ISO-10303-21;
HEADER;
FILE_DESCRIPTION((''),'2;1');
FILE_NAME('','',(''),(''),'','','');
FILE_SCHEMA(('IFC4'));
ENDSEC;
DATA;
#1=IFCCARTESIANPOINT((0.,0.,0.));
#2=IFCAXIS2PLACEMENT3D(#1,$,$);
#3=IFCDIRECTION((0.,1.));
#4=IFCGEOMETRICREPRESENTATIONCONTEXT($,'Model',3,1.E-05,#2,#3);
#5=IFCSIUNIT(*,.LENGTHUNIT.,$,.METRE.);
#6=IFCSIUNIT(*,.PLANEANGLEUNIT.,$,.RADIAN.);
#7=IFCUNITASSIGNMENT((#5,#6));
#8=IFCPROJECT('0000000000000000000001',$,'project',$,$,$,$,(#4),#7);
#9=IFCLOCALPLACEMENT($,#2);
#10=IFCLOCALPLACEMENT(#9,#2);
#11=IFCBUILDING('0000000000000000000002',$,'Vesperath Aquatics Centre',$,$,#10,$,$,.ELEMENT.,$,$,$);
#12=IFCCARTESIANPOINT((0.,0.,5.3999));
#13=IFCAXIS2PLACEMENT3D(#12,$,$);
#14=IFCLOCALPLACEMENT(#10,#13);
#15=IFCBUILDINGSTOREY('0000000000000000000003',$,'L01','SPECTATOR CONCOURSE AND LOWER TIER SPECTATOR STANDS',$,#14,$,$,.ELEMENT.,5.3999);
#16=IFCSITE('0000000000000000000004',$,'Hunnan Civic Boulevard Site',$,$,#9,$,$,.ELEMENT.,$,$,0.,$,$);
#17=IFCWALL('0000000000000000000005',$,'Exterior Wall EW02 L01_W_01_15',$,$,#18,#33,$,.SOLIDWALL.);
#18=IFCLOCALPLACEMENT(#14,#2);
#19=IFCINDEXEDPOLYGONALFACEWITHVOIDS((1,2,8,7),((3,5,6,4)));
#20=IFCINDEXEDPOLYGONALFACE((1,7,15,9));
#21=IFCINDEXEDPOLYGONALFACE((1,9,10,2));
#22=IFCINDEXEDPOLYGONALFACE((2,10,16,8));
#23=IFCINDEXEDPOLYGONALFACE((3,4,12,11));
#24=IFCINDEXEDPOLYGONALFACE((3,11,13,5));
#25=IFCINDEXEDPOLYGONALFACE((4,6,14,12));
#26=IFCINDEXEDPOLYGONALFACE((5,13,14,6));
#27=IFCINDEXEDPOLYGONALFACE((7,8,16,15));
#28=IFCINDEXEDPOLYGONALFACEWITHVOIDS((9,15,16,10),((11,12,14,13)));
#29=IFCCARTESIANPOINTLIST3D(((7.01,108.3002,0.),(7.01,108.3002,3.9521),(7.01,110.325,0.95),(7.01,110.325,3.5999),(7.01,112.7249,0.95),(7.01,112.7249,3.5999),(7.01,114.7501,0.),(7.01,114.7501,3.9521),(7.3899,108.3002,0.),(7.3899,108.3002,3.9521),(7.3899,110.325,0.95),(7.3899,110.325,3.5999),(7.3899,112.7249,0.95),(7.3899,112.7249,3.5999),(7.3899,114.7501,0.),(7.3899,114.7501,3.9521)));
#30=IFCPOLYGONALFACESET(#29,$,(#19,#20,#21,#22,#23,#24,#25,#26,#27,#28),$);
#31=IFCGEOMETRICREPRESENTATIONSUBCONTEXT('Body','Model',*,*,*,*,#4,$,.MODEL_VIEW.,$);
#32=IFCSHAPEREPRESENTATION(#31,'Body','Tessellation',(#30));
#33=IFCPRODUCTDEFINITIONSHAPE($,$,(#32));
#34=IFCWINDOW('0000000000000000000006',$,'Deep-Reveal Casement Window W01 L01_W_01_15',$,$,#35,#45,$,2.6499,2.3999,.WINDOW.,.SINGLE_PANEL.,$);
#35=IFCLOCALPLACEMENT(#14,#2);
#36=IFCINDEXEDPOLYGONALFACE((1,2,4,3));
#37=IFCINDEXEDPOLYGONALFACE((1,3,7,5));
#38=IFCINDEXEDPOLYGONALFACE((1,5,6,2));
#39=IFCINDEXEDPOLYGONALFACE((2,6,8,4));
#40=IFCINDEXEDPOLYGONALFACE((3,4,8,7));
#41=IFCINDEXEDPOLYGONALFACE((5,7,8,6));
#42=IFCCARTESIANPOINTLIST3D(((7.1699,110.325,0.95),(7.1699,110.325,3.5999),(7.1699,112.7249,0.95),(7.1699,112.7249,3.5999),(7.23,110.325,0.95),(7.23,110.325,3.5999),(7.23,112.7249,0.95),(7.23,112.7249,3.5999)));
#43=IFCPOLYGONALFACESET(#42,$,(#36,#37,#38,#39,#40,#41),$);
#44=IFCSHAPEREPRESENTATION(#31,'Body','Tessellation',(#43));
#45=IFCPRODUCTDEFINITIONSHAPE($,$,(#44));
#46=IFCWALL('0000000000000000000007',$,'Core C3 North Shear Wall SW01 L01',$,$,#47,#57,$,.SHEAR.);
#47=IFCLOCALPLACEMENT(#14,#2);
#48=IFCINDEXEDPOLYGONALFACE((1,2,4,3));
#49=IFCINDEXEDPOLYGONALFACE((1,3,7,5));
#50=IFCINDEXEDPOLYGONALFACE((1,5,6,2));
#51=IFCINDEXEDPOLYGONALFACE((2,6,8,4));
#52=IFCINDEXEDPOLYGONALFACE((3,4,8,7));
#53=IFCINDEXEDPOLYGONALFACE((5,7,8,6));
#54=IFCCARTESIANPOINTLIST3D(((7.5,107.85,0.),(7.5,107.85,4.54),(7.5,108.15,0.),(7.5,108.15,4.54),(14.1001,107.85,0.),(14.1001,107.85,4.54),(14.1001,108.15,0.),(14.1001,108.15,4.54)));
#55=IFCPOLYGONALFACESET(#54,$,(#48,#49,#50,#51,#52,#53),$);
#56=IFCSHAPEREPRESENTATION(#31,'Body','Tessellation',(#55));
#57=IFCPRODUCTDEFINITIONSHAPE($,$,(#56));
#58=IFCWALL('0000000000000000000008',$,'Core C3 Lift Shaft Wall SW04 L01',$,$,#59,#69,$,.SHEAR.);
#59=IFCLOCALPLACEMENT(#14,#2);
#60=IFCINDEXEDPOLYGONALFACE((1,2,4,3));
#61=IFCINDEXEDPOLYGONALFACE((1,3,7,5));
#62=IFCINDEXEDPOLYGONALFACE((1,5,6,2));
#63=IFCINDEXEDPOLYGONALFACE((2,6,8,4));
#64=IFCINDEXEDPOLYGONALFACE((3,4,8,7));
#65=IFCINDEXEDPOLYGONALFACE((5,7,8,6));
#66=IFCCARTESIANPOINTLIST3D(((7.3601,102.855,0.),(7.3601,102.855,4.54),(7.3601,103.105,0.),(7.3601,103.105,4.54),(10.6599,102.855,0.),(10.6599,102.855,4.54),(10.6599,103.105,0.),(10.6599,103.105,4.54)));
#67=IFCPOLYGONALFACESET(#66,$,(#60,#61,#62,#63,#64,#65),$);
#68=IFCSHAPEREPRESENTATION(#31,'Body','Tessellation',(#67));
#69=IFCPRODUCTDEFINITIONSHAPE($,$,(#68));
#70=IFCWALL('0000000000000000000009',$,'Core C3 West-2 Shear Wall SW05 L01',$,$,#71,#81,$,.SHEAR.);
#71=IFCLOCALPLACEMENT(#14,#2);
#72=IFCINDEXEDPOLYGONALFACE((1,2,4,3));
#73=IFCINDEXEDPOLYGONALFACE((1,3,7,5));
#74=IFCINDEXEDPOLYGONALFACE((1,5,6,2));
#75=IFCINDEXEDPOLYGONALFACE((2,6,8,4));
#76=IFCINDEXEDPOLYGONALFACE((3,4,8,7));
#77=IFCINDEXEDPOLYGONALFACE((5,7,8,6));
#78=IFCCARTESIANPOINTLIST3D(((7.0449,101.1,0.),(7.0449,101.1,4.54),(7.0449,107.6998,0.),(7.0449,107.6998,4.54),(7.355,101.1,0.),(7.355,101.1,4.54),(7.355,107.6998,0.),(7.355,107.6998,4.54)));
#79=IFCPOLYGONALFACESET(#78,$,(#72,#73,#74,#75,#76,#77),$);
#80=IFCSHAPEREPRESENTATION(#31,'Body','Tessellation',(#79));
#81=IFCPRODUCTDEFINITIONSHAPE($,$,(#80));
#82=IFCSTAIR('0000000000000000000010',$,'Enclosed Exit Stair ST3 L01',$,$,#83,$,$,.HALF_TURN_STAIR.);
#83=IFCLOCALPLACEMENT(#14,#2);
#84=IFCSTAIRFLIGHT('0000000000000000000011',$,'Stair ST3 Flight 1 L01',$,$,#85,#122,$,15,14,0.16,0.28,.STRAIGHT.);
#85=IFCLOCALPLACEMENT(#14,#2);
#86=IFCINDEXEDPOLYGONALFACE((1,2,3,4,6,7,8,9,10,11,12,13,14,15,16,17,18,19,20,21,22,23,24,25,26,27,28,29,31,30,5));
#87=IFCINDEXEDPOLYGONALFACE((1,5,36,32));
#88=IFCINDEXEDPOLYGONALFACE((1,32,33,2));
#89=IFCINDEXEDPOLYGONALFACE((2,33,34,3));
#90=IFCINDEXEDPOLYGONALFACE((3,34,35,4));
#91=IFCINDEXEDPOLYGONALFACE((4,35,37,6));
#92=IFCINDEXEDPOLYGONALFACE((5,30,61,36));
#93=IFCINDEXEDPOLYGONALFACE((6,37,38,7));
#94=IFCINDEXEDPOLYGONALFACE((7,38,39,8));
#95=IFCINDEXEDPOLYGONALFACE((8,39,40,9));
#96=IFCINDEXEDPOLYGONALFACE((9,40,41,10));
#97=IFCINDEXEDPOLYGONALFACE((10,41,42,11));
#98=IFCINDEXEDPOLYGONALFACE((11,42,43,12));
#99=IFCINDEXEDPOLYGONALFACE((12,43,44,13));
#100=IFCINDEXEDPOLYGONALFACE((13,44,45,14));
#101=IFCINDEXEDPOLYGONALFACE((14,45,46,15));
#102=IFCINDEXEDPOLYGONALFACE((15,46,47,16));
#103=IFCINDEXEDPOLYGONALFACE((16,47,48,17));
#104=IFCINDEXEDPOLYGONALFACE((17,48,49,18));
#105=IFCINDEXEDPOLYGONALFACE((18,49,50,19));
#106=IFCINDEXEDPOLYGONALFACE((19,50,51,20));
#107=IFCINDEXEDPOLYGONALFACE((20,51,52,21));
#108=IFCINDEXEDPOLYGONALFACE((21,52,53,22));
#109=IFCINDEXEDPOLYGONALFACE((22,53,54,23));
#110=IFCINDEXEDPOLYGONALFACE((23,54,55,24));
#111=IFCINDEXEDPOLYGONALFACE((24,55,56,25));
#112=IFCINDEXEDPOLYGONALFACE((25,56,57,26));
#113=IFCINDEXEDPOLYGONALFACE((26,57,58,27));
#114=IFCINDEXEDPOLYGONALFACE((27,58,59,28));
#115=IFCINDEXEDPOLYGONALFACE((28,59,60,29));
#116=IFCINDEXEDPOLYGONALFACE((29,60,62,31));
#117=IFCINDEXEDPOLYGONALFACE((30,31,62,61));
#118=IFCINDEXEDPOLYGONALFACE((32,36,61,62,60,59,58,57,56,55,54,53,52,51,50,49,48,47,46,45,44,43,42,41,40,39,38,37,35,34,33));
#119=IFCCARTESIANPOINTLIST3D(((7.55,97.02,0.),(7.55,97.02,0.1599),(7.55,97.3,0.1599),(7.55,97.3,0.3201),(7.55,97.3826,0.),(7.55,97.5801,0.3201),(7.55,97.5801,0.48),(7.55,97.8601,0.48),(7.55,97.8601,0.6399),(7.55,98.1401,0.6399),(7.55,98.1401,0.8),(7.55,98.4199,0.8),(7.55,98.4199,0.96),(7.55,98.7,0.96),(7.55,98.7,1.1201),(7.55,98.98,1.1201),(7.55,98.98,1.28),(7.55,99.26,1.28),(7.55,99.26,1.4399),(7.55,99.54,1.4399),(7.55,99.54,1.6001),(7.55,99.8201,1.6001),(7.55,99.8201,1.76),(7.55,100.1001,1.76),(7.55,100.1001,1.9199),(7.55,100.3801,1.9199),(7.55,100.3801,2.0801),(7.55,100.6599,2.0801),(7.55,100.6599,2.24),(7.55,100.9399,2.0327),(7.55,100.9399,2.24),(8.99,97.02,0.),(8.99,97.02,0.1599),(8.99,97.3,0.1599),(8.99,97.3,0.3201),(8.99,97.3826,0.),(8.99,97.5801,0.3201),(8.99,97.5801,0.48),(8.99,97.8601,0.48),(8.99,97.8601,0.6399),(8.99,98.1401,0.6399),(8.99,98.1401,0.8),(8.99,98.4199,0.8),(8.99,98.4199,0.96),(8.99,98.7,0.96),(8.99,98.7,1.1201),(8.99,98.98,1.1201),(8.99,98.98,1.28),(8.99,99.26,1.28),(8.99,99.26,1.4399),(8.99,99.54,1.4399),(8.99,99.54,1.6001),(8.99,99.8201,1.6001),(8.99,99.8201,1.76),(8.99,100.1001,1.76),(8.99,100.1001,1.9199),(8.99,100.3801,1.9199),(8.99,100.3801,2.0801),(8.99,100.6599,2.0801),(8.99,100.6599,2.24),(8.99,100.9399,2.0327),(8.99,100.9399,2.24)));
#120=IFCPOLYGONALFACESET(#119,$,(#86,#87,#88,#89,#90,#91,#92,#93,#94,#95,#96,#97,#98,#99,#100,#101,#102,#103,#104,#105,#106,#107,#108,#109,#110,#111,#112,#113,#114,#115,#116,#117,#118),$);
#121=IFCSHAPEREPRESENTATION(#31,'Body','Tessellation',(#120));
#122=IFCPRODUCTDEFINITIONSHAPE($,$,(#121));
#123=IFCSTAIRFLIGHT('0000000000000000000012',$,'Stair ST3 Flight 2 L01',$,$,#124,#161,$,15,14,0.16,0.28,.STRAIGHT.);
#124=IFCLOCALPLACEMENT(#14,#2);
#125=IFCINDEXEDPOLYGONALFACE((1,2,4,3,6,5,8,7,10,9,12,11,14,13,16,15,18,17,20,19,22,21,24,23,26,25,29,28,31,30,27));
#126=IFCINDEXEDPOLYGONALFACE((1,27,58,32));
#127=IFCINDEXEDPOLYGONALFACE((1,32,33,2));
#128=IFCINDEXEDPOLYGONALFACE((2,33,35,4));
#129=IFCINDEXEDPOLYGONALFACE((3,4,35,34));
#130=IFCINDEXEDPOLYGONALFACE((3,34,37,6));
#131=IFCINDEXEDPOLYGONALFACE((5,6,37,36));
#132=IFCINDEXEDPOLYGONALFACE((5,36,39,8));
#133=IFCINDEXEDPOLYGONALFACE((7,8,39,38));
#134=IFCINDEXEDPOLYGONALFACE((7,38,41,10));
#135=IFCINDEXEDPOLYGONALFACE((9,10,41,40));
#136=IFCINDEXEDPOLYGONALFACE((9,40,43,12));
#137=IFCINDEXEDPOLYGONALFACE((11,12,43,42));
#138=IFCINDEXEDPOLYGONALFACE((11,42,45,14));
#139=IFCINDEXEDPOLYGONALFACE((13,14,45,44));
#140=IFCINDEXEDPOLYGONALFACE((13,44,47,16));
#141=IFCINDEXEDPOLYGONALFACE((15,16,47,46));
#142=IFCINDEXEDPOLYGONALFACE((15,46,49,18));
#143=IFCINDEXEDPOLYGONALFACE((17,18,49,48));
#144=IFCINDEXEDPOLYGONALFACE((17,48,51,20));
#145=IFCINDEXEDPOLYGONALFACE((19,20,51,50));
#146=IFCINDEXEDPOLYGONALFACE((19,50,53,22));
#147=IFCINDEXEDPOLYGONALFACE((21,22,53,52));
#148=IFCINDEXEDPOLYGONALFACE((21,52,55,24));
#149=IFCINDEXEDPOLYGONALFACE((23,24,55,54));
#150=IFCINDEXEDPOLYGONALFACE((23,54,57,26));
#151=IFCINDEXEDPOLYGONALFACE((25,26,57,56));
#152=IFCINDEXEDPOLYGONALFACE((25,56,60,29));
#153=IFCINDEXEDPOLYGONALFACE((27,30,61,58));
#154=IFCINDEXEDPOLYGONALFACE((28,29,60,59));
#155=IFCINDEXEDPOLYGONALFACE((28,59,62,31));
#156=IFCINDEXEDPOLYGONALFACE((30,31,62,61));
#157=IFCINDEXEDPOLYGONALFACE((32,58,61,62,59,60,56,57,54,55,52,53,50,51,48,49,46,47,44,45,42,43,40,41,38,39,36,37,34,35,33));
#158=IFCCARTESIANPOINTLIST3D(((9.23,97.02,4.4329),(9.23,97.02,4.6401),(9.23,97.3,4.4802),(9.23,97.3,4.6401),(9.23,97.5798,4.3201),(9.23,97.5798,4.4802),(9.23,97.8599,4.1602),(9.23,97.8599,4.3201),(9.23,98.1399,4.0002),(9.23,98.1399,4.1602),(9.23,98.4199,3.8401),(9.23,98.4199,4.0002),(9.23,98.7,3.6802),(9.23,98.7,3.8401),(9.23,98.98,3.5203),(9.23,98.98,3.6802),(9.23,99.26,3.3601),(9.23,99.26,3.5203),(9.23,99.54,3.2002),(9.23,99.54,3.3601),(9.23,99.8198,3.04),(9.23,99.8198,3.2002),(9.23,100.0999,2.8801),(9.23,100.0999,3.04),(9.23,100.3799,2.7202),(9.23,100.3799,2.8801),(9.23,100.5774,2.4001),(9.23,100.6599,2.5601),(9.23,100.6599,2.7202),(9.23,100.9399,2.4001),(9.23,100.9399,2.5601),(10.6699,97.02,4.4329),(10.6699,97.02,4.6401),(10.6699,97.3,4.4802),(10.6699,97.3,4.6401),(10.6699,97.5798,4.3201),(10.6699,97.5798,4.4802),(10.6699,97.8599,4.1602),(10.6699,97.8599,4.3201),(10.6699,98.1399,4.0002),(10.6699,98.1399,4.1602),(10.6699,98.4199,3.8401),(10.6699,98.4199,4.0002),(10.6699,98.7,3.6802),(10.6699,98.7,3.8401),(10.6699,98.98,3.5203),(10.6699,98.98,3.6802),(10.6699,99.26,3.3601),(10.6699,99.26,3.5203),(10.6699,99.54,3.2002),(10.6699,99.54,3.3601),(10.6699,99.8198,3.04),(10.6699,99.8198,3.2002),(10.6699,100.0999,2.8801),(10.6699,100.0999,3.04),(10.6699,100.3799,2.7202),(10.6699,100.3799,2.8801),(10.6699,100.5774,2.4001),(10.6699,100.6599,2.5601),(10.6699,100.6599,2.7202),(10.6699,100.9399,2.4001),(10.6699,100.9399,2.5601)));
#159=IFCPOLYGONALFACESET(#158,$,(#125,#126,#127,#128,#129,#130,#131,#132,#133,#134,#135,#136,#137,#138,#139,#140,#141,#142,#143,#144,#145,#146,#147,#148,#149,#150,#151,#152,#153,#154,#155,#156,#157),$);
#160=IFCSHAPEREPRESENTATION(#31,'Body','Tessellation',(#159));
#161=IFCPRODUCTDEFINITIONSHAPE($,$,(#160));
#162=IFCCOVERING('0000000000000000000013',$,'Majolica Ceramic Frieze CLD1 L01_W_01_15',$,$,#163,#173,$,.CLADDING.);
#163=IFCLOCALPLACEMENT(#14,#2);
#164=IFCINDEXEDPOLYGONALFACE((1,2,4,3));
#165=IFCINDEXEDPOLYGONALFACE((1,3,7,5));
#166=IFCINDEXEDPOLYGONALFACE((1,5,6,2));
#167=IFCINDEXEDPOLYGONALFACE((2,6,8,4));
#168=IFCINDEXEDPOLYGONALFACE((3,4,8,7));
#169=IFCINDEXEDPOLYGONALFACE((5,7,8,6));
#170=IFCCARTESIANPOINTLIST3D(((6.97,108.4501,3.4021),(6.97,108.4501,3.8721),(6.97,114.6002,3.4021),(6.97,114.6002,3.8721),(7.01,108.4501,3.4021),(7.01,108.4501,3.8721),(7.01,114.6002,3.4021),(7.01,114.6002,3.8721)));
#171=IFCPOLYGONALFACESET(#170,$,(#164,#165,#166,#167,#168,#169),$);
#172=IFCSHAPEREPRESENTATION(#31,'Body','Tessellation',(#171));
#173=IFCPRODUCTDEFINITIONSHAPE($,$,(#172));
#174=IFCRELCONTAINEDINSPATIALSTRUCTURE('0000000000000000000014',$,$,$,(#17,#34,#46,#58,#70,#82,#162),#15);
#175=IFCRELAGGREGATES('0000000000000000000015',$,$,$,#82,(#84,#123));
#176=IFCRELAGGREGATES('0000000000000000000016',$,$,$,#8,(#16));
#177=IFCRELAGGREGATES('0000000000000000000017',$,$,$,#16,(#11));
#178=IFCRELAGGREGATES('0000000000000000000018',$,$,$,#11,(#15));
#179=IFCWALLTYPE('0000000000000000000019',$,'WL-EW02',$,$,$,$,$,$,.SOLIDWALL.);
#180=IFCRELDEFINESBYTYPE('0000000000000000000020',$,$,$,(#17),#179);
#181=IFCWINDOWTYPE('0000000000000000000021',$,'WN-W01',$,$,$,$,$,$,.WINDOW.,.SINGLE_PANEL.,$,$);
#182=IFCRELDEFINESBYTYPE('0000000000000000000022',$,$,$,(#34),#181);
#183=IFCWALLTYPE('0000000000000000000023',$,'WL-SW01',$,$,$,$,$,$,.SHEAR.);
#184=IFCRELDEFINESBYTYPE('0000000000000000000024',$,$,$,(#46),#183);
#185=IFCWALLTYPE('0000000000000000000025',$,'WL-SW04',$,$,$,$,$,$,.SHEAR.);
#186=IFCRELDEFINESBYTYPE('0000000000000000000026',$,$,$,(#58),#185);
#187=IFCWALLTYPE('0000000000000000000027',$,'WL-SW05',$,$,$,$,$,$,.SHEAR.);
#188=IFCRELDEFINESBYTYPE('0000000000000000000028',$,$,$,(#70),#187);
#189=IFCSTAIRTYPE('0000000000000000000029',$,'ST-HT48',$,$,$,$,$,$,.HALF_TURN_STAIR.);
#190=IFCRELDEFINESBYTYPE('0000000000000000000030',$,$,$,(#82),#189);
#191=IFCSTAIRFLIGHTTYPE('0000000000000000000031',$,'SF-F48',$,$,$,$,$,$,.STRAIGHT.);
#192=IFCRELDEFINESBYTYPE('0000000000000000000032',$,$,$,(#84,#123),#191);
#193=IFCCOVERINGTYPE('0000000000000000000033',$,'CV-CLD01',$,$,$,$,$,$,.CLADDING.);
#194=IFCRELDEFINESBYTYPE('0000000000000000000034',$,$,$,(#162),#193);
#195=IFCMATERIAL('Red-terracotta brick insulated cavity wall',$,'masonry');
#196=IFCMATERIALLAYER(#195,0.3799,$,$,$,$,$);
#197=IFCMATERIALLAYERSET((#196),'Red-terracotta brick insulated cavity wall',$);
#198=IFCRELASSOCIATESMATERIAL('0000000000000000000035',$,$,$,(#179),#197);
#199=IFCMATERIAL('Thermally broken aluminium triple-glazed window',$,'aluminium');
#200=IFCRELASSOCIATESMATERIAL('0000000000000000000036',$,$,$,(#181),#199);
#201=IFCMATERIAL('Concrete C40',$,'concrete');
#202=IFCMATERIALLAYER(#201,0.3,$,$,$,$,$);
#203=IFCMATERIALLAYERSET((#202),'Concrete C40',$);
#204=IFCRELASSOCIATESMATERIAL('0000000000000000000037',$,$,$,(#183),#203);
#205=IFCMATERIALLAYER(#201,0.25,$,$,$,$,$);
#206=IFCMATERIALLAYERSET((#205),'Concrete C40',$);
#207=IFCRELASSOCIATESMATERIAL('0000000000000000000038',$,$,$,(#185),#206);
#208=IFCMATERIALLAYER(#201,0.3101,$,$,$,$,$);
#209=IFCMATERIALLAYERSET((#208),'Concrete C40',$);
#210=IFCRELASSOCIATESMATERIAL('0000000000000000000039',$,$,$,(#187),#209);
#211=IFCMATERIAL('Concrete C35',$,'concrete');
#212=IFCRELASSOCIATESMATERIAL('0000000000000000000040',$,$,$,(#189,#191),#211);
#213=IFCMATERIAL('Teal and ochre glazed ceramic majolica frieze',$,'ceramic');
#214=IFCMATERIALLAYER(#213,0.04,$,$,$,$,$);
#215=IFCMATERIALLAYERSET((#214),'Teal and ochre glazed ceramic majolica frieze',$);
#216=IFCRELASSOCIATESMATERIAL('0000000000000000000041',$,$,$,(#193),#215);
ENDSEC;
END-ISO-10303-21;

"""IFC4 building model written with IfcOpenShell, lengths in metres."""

from ifc_helpers import new_model, si_unit, direction, frame, frame_2d, origin, place, context, subcontext, project, spatial, polyline, rectangle, outline, extrude, material, layer, layer_set, type_object, element, fill, aggregate, save


model = new_model("IFC4")

# Units and contexts
model_context = context("Model", 3, precision=1e-05, world=origin(), true_north=direction((0.0, 1.0)))
body_context = subcontext(model_context, "Body", "Model", "MODEL_VIEW")
ifc_project = project(units=[si_unit("LENGTHUNIT", "METRE"), si_unit("PLANEANGLEUNIT", "RADIAN")], contexts=[model_context])

# Site, building, storey
site_placement = place(None, origin())
site = spatial("IfcSite", under=ifc_project, at=site_placement, Name="Hunnan Civic Boulevard Site", CompositionType="ELEMENT", RefElevation=0.0)
building_placement = place(site_placement, origin())
building = spatial("IfcBuilding", under=site, at=building_placement, Name="Vesperath Aquatics Centre", CompositionType="ELEMENT")
storey_placement = place(building_placement, frame((0.0, 0.0, 5.3999)))
storey = spatial("IfcBuildingStorey", under=building, at=storey_placement, Name="L01", Description="SPECTATOR CONCOURSE AND LOWER TIER SPECTATOR STANDS", CompositionType="ELEMENT", Elevation=5.3999)

# Shared definitions
ifc_material_1 = material(Name="Concrete C40", Category="concrete")

# Shared definitions
ifc_material_2 = material(Name="Concrete C35", Category="concrete")

# Wall, opening, window
ifc_material_3 = material(Name="Red-terracotta brick insulated cavity wall", Category="masonry")
ifc_layer_1 = layer(ifc_material_3, 0.3799)
ifc_layer_set_1 = layer_set([ifc_layer_1], Name="Red-terracotta brick insulated cavity wall")
wall_type_1 = type_object("IfcWallType", Name="WL-EW02", PredefinedType="SOLIDWALL", material=ifc_layer_set_1)
wall_1_placement = place(storey_placement, frame((7.2, 108.3, 0.0), z_axis=(0.0, 0.0, 1.0), x_axis=(0.0, 1.0, 0.0)))
wall_1 = element("IfcWall", 1, at=wall_1_placement, inside=storey, type_object=wall_type_1, Name="Exterior Wall EW02 L01_W_01_15", PredefinedType="SOLIDWALL", context=body_context, shape_type="SweptSolid", body=[
    extrude(rectangle(XDim=6.45, YDim=0.3799, at=frame_2d((3.2251, 0.0))), origin(), (0.0, 0.0, 1.0), 3.9521),
])
opening_placement = place(wall_1_placement, frame((2.0249, 0.0, 0.95)))
opening = element("IfcOpeningElement", 2, at=opening_placement, cuts=wall_1, PredefinedType="OPENING", context=body_context, shape_type="SweptSolid", body=[
    extrude(rectangle(XDim=2.3999, YDim=2.6499, at=frame_2d((1.2, 1.325))), frame((0.0, 0.2048, 0.0), z_axis=(0.0, -1.0, 0.0), x_axis=(1.0, 0.0, 0.0)), (0.0, 0.0, 1.0), 0.4097),
])
ifc_material_4 = material(Name="Thermally broken aluminium triple-glazed window", Category="aluminium")
window_type = type_object("IfcWindowType", Name="WN-W01", PartitioningType="SINGLE_PANEL", PredefinedType="WINDOW", material=ifc_material_4)
window_placement = place(opening_placement, origin())
window = element("IfcWindow", 3, at=window_placement, inside=storey, type_object=window_type, Name="Deep-Reveal Casement Window W01 L01_W_01_15", OverallHeight=2.6499, OverallWidth=2.3999, PartitioningType="SINGLE_PANEL", PredefinedType="WINDOW", context=body_context, shape_type="SweptSolid", body=[
    extrude(rectangle(XDim=2.3999, YDim=2.6499, at=frame_2d((1.2, 1.325))), frame((0.0, 0.03, 0.0), z_axis=(0.0, -1.0, 0.0), x_axis=(1.0, 0.0, 0.0)), (0.0, 0.0, 1.0), 0.0601),
])
fill(opening, window)

# Walls
ifc_layer_2 = layer(ifc_material_1, 0.3)
ifc_layer_set_2 = layer_set([ifc_layer_2], Name="Concrete C40")
wall_type_2 = type_object("IfcWallType", Name="WL-SW01", PredefinedType="SHEAR", material=ifc_layer_set_2)
wall_2_placement = place(storey_placement, frame((7.5, 108.0, 0.0), z_axis=(0.0, 0.0, 1.0), x_axis=(1.0, 0.0, 0.0)))
element("IfcWall", 4, at=wall_2_placement, inside=storey, type_object=wall_type_2, Name="Core C3 North Shear Wall SW01 L01", PredefinedType="SHEAR", context=body_context, shape_type="SweptSolid", body=[
    extrude(rectangle(XDim=6.6001, YDim=0.3, at=frame_2d((3.3, 0.0))), origin(), (0.0, 0.0, 1.0), 4.54),
])
ifc_layer_3 = layer(ifc_material_1, 0.25)
ifc_layer_set_3 = layer_set([ifc_layer_3], Name="Concrete C40")
wall_type_3 = type_object("IfcWallType", Name="WL-SW04", PredefinedType="SHEAR", material=ifc_layer_set_3)
wall_3_placement = place(storey_placement, frame((7.3601, 102.98, 0.0), z_axis=(0.0, 0.0, 1.0), x_axis=(1.0, 0.0, 0.0)))
element("IfcWall", 5, at=wall_3_placement, inside=storey, type_object=wall_type_3, Name="Core C3 Lift Shaft Wall SW04 L01", PredefinedType="SHEAR", context=body_context, shape_type="SweptSolid", body=[
    extrude(rectangle(XDim=3.2998, YDim=0.25, at=frame_2d((1.6499, 0.0))), origin(), (0.0, 0.0, 1.0), 4.54),
])
ifc_layer_4 = layer(ifc_material_1, 0.3101)
ifc_layer_set_4 = layer_set([ifc_layer_4], Name="Concrete C40")
wall_type_4 = type_object("IfcWallType", Name="WL-SW05", PredefinedType="SHEAR", material=ifc_layer_set_4)
wall_4_placement = place(storey_placement, frame((7.2, 101.1001, 0.0), z_axis=(0.0, 0.0, 1.0), x_axis=(0.0, 1.0, 0.0)))
element("IfcWall", 6, at=wall_4_placement, inside=storey, type_object=wall_type_4, Name="Core C3 West-2 Shear Wall SW05 L01", PredefinedType="SHEAR", context=body_context, shape_type="SweptSolid", body=[
    extrude(rectangle(XDim=6.5999, YDim=0.3101, at=frame_2d((3.2998, 0.0))), origin(), (0.0, 0.0, 1.0), 4.54),
])

# Stair, stair flights
stair_type = type_object("IfcStairType", Name="ST-HT48", PredefinedType="HALF_TURN_STAIR", material=ifc_material_2)
stair_placement = place(storey_placement, origin())
stair = element("IfcStair", 7, at=stair_placement, inside=storey, type_object=stair_type, Name="Enclosed Exit Stair ST3 L01", PredefinedType="HALF_TURN_STAIR")
stair_flight_type = type_object("IfcStairFlightType", Name="SF-F48", PredefinedType="STRAIGHT", material=ifc_material_2)
stair_flight_1_placement = place(storey_placement, frame((8.27, 97.02, 0.0), z_axis=(0.0, 0.0, 1.0), x_axis=(0.0, 1.0, 0.0)))
stair_flight_1 = element("IfcStairFlight", 8, at=stair_flight_1_placement, type_object=stair_flight_type, Name="Stair ST3 Flight 1 L01", NumberOfRisers=15, NumberOfTreads=14, PredefinedType="STRAIGHT", RiserHeight=0.16, TreadLength=0.28, context=body_context, shape_type="SweptSolid", body=[
    extrude(outline(polyline([(0.0, 0.0), (0.0, 0.1599), (0.28, 0.1599), (0.28, 0.3201), (0.5601, 0.3201), (0.5601, 0.48), (0.8401, 0.48), (0.8401, 0.6399), (1.1201, 0.6399), (1.1201, 0.8), (1.3999, 0.8), (1.3999, 0.96), (1.6799, 0.96), (1.6799, 1.1201), (1.96, 1.1201), (1.96, 1.28), (2.24, 1.28), (2.24, 1.4399), (2.52, 1.4399), (2.52, 1.6001), (2.8, 1.6001), (2.8, 1.76), (3.0801, 1.76), (3.0801, 1.9199), (3.3601, 1.9199), (3.3601, 2.0801), (3.6399, 2.0801), (3.6399, 2.24), (3.9199, 2.24), (3.9199, 2.3999), (3.9199, 2.0327), (0.3625, 0.0), (0.0, 0.0)])), frame((0.0, 0.72, 0.0), z_axis=(0.0, -1.0, 0.0), x_axis=(1.0, 0.0, 0.0)), (0.0, 0.0, 1.0), 1.4399),
])
stair_flight_2_placement = place(storey_placement, frame((9.95, 100.9399, 2.4001), z_axis=(0.0, 0.0, 1.0), x_axis=(0.0, -1.0, 0.0)))
stair_flight_2 = element("IfcStairFlight", 9, at=stair_flight_2_placement, type_object=stair_flight_type, Name="Stair ST3 Flight 2 L01", NumberOfRisers=15, NumberOfTreads=14, PredefinedType="STRAIGHT", RiserHeight=0.16, TreadLength=0.28, context=body_context, shape_type="SweptSolid", body=[
    extrude(outline(polyline([(0.0, 0.0), (0.0, 0.1599), (0.28, 0.1599), (0.28, 0.3201), (0.5601, 0.3201), (0.5601, 0.48), (0.8401, 0.48), (0.8401, 0.6399), (1.1201, 0.6399), (1.1201, 0.8), (1.3999, 0.8), (1.3999, 0.96), (1.6799, 0.96), (1.6799, 1.1201), (1.96, 1.1201), (1.96, 1.28), (2.24, 1.28), (2.24, 1.4399), (2.52, 1.4399), (2.52, 1.6001), (2.8, 1.6001), (2.8, 1.76), (3.0801, 1.76), (3.0801, 1.9199), (3.3601, 1.9199), (3.3601, 2.0801), (3.6399, 2.0801), (3.6399, 2.24), (3.9199, 2.24), (3.9199, 2.3999), (3.9199, 2.0327), (0.3625, 0.0), (0.0, 0.0)])), frame((0.0, 0.72, 0.0), z_axis=(0.0, -1.0, 0.0), x_axis=(1.0, 0.0, 0.0)), (0.0, 0.0, 1.0), 1.4399),
])
aggregate(stair, [stair_flight_1, stair_flight_2])

# Covering
ifc_material_5 = material(Name="Teal and ochre glazed ceramic majolica frieze", Category="ceramic")
ifc_layer_5 = layer(ifc_material_5, 0.04)
ifc_layer_set_5 = layer_set([ifc_layer_5], Name="Teal and ochre glazed ceramic majolica frieze")
covering_type = type_object("IfcCoveringType", Name="CV-CLD01", PredefinedType="CLADDING", material=ifc_layer_set_5)
covering_placement = place(storey_placement, frame((6.99, 108.45, 3.4021), z_axis=(0.0, 0.0, 1.0), x_axis=(0.0, 1.0, 0.0)))
element("IfcCovering", 10, at=covering_placement, inside=storey, type_object=covering_type, Name="Majolica Ceramic Frieze CLD1 L01_W_01_15", PredefinedType="CLADDING", context=body_context, shape_type="SweptSolid", body=[
    extrude(rectangle(XDim=6.1501, YDim=0.04, at=frame_2d((3.0752, 0.0))), origin(), (0.0, 0.0, 1.0), 0.47),
])

save(model, "model.ifc")
